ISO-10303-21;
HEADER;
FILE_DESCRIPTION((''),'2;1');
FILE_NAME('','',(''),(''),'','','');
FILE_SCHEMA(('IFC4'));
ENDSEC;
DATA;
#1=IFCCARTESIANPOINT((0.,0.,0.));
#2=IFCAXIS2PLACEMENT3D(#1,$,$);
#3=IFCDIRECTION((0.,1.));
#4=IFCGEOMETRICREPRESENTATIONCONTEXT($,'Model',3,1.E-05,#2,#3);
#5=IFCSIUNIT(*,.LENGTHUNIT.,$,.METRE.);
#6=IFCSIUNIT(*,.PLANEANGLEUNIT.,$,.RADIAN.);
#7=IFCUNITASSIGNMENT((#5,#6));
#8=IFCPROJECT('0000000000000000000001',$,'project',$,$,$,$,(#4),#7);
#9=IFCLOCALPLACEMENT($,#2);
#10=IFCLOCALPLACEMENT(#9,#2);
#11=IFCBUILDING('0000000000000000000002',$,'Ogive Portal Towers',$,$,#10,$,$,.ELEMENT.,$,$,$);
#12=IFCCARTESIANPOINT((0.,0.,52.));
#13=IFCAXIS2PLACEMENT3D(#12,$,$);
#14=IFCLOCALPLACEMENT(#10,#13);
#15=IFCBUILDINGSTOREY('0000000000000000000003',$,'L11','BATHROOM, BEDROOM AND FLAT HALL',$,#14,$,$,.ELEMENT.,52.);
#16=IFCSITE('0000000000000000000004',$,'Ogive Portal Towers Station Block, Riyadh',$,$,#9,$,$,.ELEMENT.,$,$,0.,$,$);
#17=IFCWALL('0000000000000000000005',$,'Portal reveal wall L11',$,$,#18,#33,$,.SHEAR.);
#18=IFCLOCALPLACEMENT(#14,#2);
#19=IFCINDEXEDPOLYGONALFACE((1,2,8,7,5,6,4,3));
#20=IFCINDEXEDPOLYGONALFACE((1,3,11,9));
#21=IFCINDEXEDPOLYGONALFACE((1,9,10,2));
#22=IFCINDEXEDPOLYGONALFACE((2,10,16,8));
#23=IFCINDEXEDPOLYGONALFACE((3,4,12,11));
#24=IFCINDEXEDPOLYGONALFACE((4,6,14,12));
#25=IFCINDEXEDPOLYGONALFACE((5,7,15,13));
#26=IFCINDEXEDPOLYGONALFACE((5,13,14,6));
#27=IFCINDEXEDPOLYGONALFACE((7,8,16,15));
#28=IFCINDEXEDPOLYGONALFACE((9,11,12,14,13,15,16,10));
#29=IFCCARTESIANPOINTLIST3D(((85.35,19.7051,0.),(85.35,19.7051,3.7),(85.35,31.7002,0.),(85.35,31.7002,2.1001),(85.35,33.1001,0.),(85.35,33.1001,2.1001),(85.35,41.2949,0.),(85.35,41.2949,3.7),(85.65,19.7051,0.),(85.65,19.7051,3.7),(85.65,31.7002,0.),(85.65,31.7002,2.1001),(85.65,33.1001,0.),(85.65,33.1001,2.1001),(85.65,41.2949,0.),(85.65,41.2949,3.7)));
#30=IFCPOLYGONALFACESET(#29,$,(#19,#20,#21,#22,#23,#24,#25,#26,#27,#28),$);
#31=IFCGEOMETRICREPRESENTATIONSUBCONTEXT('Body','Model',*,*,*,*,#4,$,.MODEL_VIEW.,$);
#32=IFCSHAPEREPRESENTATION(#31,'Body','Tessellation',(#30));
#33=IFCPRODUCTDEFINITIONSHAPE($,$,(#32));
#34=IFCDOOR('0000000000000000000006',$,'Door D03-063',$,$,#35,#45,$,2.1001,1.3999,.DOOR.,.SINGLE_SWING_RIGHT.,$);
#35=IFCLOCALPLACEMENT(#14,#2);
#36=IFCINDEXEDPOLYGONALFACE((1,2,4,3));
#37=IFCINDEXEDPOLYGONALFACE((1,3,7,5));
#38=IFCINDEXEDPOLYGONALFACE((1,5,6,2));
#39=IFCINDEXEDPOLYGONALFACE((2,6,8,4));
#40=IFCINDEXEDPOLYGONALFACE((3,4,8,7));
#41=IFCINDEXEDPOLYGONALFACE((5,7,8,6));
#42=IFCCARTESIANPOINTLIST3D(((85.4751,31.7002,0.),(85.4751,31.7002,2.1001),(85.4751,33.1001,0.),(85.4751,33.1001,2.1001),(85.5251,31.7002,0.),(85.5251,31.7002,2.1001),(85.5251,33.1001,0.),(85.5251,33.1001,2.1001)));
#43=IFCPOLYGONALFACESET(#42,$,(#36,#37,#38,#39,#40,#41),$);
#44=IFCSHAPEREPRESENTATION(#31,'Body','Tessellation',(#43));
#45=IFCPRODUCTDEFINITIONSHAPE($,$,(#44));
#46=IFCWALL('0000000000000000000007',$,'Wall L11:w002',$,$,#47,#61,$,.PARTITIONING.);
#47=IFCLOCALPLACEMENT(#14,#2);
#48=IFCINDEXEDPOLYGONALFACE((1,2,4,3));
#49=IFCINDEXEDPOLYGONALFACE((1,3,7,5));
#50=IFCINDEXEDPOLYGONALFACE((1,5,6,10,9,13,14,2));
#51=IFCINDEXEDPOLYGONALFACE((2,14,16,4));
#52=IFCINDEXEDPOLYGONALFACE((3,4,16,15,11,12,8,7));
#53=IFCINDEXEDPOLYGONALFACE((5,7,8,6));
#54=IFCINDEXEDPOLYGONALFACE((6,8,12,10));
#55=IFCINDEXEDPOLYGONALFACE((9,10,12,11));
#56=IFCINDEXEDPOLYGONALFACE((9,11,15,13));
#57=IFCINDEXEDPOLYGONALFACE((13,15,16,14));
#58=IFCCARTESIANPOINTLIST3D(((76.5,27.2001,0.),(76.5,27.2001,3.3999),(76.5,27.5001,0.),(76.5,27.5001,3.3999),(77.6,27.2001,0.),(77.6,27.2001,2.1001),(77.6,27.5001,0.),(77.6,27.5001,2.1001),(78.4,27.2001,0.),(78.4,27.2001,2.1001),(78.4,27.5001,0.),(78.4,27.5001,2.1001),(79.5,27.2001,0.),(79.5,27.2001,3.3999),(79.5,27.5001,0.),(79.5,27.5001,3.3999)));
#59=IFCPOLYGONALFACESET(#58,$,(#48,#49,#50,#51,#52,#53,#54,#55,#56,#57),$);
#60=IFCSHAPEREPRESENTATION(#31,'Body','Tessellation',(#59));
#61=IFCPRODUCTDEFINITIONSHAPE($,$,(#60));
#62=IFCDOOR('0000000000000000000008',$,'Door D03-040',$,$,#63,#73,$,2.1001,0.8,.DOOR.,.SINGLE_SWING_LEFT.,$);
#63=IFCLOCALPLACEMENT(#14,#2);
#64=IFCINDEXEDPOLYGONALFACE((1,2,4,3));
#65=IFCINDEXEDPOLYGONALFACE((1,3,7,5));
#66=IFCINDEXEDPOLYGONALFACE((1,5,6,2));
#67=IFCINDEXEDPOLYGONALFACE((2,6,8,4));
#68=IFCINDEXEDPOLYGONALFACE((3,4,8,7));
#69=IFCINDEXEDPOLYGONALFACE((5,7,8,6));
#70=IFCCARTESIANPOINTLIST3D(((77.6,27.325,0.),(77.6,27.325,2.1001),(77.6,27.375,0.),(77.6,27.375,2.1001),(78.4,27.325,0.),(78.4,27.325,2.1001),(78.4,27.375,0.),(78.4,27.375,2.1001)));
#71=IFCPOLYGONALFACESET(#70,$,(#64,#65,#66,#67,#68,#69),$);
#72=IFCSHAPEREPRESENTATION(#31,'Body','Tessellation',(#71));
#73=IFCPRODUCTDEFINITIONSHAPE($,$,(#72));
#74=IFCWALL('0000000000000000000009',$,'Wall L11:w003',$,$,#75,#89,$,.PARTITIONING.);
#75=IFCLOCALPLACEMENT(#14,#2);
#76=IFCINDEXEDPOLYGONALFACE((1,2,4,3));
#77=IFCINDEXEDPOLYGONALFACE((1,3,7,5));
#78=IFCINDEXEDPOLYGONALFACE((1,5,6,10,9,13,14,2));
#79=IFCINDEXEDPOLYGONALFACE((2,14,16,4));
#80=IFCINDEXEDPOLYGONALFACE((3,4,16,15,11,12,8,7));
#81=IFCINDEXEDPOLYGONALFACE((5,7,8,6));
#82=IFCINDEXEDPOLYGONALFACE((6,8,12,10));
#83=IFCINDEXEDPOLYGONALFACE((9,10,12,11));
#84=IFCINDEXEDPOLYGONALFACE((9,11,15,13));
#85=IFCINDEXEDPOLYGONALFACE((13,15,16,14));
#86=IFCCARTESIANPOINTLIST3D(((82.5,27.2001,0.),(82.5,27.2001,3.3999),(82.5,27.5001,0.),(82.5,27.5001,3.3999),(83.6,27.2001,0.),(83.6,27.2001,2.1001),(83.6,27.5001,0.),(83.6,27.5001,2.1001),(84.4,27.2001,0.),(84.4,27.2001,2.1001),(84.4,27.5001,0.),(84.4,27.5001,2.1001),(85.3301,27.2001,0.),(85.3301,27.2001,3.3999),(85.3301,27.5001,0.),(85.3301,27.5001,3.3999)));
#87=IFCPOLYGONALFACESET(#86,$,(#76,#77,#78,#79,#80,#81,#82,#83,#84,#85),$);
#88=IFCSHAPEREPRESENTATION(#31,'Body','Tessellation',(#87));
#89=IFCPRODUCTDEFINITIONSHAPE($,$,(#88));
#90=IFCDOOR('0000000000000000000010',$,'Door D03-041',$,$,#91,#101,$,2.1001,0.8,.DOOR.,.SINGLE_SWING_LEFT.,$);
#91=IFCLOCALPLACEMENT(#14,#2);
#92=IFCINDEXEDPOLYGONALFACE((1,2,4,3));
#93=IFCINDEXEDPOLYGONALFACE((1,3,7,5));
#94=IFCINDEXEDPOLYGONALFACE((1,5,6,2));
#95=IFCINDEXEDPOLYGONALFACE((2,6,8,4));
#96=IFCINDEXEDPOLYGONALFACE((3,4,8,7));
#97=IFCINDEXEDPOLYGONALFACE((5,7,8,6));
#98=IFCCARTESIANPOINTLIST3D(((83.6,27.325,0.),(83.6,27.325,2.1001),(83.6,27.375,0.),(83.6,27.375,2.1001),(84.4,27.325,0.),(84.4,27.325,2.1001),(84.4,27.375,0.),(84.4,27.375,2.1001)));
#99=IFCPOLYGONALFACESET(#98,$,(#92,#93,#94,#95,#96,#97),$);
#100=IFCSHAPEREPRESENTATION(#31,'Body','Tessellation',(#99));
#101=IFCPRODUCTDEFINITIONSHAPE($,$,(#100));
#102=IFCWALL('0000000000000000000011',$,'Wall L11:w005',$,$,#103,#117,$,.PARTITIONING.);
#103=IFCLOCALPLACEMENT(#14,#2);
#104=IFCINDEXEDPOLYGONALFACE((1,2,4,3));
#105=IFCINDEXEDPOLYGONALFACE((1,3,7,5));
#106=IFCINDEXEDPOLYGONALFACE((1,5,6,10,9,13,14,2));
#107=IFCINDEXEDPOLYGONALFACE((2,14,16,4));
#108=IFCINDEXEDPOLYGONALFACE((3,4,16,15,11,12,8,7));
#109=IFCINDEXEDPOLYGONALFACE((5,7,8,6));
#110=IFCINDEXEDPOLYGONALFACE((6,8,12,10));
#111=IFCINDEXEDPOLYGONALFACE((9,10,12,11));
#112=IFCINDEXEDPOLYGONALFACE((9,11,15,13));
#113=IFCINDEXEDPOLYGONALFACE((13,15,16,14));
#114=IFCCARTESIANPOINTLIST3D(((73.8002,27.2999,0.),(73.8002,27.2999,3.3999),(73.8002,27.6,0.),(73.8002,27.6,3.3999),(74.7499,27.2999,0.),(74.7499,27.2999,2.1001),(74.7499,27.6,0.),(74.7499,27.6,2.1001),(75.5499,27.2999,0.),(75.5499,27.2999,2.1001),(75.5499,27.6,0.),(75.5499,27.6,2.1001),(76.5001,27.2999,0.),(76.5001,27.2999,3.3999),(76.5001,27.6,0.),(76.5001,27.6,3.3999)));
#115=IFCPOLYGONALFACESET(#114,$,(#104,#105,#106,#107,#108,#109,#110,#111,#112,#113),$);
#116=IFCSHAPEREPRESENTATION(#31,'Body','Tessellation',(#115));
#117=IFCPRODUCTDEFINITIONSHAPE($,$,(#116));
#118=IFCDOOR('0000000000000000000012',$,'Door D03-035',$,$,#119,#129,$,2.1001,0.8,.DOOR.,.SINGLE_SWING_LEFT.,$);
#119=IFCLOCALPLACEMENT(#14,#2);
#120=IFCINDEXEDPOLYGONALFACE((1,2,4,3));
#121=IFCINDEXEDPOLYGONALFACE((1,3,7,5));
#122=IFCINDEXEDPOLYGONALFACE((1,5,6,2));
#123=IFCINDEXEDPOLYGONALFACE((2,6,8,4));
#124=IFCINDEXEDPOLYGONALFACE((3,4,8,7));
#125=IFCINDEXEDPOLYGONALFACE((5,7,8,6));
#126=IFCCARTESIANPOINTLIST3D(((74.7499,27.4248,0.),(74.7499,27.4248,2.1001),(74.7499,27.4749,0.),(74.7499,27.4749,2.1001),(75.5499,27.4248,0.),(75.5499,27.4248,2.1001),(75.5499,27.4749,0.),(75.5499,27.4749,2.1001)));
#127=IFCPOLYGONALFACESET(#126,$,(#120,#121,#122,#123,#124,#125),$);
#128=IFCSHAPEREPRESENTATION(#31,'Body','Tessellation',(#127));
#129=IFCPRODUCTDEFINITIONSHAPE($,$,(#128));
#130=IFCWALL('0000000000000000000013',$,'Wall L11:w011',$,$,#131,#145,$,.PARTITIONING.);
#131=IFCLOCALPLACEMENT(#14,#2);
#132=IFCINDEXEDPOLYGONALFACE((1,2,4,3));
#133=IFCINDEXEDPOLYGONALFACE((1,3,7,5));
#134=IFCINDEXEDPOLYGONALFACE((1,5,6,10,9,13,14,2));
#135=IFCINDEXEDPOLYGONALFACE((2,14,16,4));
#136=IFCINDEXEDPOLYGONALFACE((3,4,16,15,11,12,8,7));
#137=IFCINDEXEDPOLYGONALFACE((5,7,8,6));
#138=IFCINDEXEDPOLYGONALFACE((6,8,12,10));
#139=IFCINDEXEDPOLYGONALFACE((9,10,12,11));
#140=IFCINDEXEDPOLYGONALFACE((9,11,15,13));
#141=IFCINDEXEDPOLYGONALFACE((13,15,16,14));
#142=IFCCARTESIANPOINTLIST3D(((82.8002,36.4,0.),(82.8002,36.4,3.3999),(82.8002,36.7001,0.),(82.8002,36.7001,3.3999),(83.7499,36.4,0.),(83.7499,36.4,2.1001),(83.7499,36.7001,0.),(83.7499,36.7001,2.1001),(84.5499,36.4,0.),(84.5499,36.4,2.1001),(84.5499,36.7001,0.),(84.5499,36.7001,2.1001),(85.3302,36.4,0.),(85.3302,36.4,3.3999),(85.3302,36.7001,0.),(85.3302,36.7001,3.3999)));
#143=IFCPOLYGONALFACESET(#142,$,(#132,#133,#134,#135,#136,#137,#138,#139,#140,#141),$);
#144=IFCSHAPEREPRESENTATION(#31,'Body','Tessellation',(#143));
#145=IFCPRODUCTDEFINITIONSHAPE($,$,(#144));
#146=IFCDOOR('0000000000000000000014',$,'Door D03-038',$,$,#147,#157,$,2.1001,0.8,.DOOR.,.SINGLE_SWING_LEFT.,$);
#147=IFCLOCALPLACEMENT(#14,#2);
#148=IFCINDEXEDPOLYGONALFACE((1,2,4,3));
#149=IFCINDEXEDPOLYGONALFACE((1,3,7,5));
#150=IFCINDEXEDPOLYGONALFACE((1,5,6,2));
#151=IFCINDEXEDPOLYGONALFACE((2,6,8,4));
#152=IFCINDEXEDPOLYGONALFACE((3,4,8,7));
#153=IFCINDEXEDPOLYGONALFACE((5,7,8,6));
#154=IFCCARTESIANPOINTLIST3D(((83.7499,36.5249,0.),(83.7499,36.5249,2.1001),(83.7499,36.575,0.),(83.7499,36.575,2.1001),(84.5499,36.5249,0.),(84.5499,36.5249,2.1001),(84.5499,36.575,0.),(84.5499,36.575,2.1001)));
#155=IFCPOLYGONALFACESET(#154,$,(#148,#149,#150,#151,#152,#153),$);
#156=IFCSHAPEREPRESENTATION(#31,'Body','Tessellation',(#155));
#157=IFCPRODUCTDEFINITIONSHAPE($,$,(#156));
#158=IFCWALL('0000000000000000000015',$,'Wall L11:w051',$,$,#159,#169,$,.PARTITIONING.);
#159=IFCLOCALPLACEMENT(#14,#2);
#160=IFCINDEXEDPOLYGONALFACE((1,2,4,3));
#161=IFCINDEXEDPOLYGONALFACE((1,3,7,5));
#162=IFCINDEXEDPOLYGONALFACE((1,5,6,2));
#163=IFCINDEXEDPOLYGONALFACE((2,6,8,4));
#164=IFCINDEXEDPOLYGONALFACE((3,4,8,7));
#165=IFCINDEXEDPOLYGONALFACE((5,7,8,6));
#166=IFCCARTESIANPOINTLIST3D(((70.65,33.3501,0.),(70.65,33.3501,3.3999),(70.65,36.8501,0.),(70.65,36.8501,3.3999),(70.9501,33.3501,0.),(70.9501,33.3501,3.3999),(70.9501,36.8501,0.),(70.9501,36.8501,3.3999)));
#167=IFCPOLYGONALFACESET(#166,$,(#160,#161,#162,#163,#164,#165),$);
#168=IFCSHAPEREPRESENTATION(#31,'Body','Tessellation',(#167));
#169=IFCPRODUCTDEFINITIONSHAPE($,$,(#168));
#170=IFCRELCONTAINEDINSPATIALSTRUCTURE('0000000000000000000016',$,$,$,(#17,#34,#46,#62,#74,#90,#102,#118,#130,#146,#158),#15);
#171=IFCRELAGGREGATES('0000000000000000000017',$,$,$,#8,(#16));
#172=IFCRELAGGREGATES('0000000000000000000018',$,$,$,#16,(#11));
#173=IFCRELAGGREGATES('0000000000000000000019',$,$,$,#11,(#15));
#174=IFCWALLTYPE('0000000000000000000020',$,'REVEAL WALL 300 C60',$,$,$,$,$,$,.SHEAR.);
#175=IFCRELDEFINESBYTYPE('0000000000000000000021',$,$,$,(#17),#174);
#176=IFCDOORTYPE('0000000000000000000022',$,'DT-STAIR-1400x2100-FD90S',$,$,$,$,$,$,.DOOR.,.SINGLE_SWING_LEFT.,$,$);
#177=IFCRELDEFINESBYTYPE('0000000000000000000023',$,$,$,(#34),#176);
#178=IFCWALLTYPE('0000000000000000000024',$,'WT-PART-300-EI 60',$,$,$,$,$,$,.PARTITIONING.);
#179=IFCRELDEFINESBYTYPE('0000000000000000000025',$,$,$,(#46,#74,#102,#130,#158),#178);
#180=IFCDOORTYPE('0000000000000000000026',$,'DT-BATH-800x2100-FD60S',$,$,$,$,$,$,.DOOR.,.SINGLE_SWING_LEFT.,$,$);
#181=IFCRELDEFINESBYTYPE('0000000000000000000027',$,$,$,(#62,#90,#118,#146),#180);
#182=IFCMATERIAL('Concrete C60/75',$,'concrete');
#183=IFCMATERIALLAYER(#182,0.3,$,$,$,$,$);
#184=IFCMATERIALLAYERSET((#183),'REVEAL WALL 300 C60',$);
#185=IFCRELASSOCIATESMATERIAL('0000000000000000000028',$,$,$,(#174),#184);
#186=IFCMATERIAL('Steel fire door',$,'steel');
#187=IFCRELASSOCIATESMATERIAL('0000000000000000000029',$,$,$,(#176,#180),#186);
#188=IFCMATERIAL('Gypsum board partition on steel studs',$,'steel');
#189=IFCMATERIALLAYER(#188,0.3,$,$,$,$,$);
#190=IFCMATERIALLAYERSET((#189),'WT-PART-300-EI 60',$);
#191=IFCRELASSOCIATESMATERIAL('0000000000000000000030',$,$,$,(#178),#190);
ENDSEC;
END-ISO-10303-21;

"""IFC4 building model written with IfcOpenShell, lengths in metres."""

from ifc_helpers import new_model, si_unit, direction, frame, frame_2d, origin, place, context, subcontext, project, spatial, rectangle, extrude, material, layer, layer_set, type_object, element, fill, save


model = new_model("IFC4")

# Units and contexts
model_context = context("Model", 3, precision=1e-05, world=origin(), true_north=direction((0.0, 1.0)))
body_context = subcontext(model_context, "Body", "Model", "MODEL_VIEW")
ifc_project = project(units=[si_unit("LENGTHUNIT", "METRE"), si_unit("PLANEANGLEUNIT", "RADIAN")], contexts=[model_context])

# Site, building, storey
site_placement = place(None, origin())
site = spatial("IfcSite", under=ifc_project, at=site_placement, Name="Ogive Portal Towers Station Block, Riyadh", CompositionType="ELEMENT", RefElevation=0.0)
building_placement = place(site_placement, origin())
building = spatial("IfcBuilding", under=site, at=building_placement, Name="Ogive Portal Towers", CompositionType="ELEMENT")
storey_placement = place(building_placement, frame((0.0, 0.0, 52.0)))
storey = spatial("IfcBuildingStorey", under=building, at=storey_placement, Name="L11", Description="BATHROOM, BEDROOM AND FLAT HALL", CompositionType="ELEMENT", Elevation=52.0)

# Shared definitions
ifc_material_1 = material(Name="Concrete C60/75", Category="concrete")

# Walls, openings, doors
ifc_layer_1 = layer(ifc_material_1, 0.3)
ifc_layer_set_1 = layer_set([ifc_layer_1], Name="REVEAL WALL 300 C60")
wall_type_1 = type_object("IfcWallType", Name="REVEAL WALL 300 C60", PredefinedType="SHEAR", material=ifc_layer_set_1)
wall_1_placement = place(storey_placement, frame((85.5, 19.7051, 0.0), z_axis=(0.0, 0.0, 1.0), x_axis=(0.0, 1.0, 0.0)))
wall_1 = element("IfcWall", 1, at=wall_1_placement, inside=storey, type_object=wall_type_1, Name="Portal reveal wall L11", PredefinedType="SHEAR", context=body_context, shape_type="SweptSolid", body=[
    extrude(rectangle(XDim=21.5898, YDim=0.3, at=frame_2d((10.7949, 0.0))), origin(), (0.0, 0.0, 1.0), 3.7),
])
opening_1_placement = place(wall_1_placement, frame((11.9951, 0.0, 0.0)))
opening_1 = element("IfcOpeningElement", 2, at=opening_1_placement, cuts=wall_1, PredefinedType="OPENING", context=body_context, shape_type="SweptSolid", body=[
    extrude(rectangle(XDim=1.3999, YDim=2.1001, at=frame_2d((0.7, 1.05))), frame((0.0, 0.1602, 0.0), z_axis=(0.0, -1.0, 0.0), x_axis=(1.0, 0.0, 0.0)), (0.0, 0.0, 1.0), 0.3201),
])
ifc_material_2 = material(Name="Steel fire door", Category="steel")
door_type_1 = type_object("IfcDoorType", Name="DT-STAIR-1400x2100-FD90S", OperationType="SINGLE_SWING_LEFT", PredefinedType="DOOR", material=ifc_material_2)
door_1_placement = place(opening_1_placement, origin())
door_1 = element("IfcDoor", 3, at=door_1_placement, inside=storey, type_object=door_type_1, Name="Door D03-063", OperationType="SINGLE_SWING_RIGHT", OverallHeight=2.1001, OverallWidth=1.3999, PredefinedType="DOOR", context=body_context, shape_type="SweptSolid", body=[
    extrude(rectangle(XDim=1.3999, YDim=2.1001, at=frame_2d((0.7, 1.05))), frame((0.0, 0.0249, 0.0), z_axis=(0.0, -1.0, 0.0), x_axis=(1.0, 0.0, 0.0)), (0.0, 0.0, 1.0), 0.05),
])
fill(opening_1, door_1)
ifc_material_3 = material(Name="Gypsum board partition on steel studs", Category="steel")
ifc_layer_2 = layer(ifc_material_3, 0.3)
ifc_layer_set_2 = layer_set([ifc_layer_2], Name="WT-PART-300-EI 60")
wall_type_2 = type_object("IfcWallType", Name="WT-PART-300-EI 60", PredefinedType="PARTITIONING", material=ifc_layer_set_2)
wall_2_placement = place(storey_placement, frame((76.5, 27.3501, 0.0), z_axis=(0.0, 0.0, 1.0), x_axis=(1.0, 0.0, 0.0)))
wall_2 = element("IfcWall", 4, at=wall_2_placement, inside=storey, type_object=wall_type_2, Name="Wall L11:w002", PredefinedType="PARTITIONING", context=body_context, shape_type="SweptSolid", body=[
    extrude(rectangle(XDim=3.0, YDim=0.3, at=frame_2d((1.5, 0.0))), origin(), (0.0, 0.0, 1.0), 3.3999),
])
opening_2_placement = place(wall_2_placement, frame((1.1001, 0.0, 0.0)))
opening_2 = element("IfcOpeningElement", 5, at=opening_2_placement, cuts=wall_2, PredefinedType="OPENING", context=body_context, shape_type="SweptSolid", body=[
    extrude(rectangle(XDim=0.8, YDim=2.1001, at=frame_2d((0.3999, 1.05))), frame((0.0, 0.1602, 0.0), z_axis=(0.0, -1.0, 0.0), x_axis=(1.0, 0.0, 0.0)), (0.0, 0.0, 1.0), 0.3201),
])
door_type_2 = type_object("IfcDoorType", Name="DT-BATH-800x2100-FD60S", OperationType="SINGLE_SWING_LEFT", PredefinedType="DOOR", material=ifc_material_2)
door_2_placement = place(opening_2_placement, origin())
door_2 = element("IfcDoor", 6, at=door_2_placement, inside=storey, type_object=door_type_2, Name="Door D03-040", OperationType="SINGLE_SWING_LEFT", OverallHeight=2.1001, OverallWidth=0.8, PredefinedType="DOOR", context=body_context, shape_type="SweptSolid", body=[
    extrude(rectangle(XDim=0.8, YDim=2.1001, at=frame_2d((0.3999, 1.05))), frame((0.0, 0.0249, 0.0), z_axis=(0.0, -1.0, 0.0), x_axis=(1.0, 0.0, 0.0)), (0.0, 0.0, 1.0), 0.05),
])
fill(opening_2, door_2)
wall_3_placement = place(storey_placement, frame((82.5, 27.3501, 0.0), z_axis=(0.0, 0.0, 1.0), x_axis=(1.0, 0.0, 0.0)))
wall_3 = element("IfcWall", 7, at=wall_3_placement, inside=storey, type_object=wall_type_2, Name="Wall L11:w003", PredefinedType="PARTITIONING", context=body_context, shape_type="SweptSolid", body=[
    extrude(rectangle(XDim=2.8301, YDim=0.3, at=frame_2d((1.415, 0.0))), origin(), (0.0, 0.0, 1.0), 3.3999),
])
opening_3_placement = place(wall_3_placement, frame((1.1001, 0.0, 0.0)))
opening_3 = element("IfcOpeningElement", 8, at=opening_3_placement, cuts=wall_3, PredefinedType="OPENING", context=body_context, shape_type="SweptSolid", body=[
    extrude(rectangle(XDim=0.8, YDim=2.1001, at=frame_2d((0.3999, 1.05))), frame((0.0, 0.1602, 0.0), z_axis=(0.0, -1.0, 0.0), x_axis=(1.0, 0.0, 0.0)), (0.0, 0.0, 1.0), 0.3201),
])
door_3_placement = place(opening_3_placement, origin())
door_3 = element("IfcDoor", 9, at=door_3_placement, inside=storey, type_object=door_type_2, Name="Door D03-041", OperationType="SINGLE_SWING_LEFT", OverallHeight=2.1001, OverallWidth=0.8, PredefinedType="DOOR", context=body_context, shape_type="SweptSolid", body=[
    extrude(rectangle(XDim=0.8, YDim=2.1001, at=frame_2d((0.3999, 1.05))), frame((0.0, 0.0249, 0.0), z_axis=(0.0, -1.0, 0.0), x_axis=(1.0, 0.0, 0.0)), (0.0, 0.0, 1.0), 0.05),
])
fill(opening_3, door_3)
wall_4_placement = place(storey_placement, frame((73.8, 27.45, 0.0), z_axis=(0.0, 0.0, 1.0), x_axis=(1.0, 0.0, 0.0)))
wall_4 = element("IfcWall", 10, at=wall_4_placement, inside=storey, type_object=wall_type_2, Name="Wall L11:w005", PredefinedType="PARTITIONING", context=body_context, shape_type="SweptSolid", body=[
    extrude(rectangle(XDim=2.7, YDim=0.3, at=frame_2d((1.3501, 0.0))), origin(), (0.0, 0.0, 1.0), 3.3999),
])
opening_4_placement = place(wall_4_placement, frame((0.95, 0.0, 0.0)))
opening_4 = element("IfcOpeningElement", 11, at=opening_4_placement, cuts=wall_4, PredefinedType="OPENING", context=body_context, shape_type="SweptSolid", body=[
    extrude(rectangle(XDim=0.8, YDim=2.1001, at=frame_2d((0.3999, 1.05))), frame((0.0, 0.1602, 0.0), z_axis=(0.0, -1.0, 0.0), x_axis=(1.0, 0.0, 0.0)), (0.0, 0.0, 1.0), 0.3201),
])
door_4_placement = place(opening_4_placement, origin())
door_4 = element("IfcDoor", 12, at=door_4_placement, inside=storey, type_object=door_type_2, Name="Door D03-035", OperationType="SINGLE_SWING_LEFT", OverallHeight=2.1001, OverallWidth=0.8, PredefinedType="DOOR", context=body_context, shape_type="SweptSolid", body=[
    extrude(rectangle(XDim=0.8, YDim=2.1001, at=frame_2d((0.3999, 1.05))), frame((0.0, 0.0249, 0.0), z_axis=(0.0, -1.0, 0.0), x_axis=(1.0, 0.0, 0.0)), (0.0, 0.0, 1.0), 0.05),
])
fill(opening_4, door_4)
wall_5_placement = place(storey_placement, frame((82.8, 36.55, 0.0), z_axis=(0.0, 0.0, 1.0), x_axis=(1.0, 0.0, 0.0)))
wall_5 = element("IfcWall", 13, at=wall_5_placement, inside=storey, type_object=wall_type_2, Name="Wall L11:w011", PredefinedType="PARTITIONING", context=body_context, shape_type="SweptSolid", body=[
    extrude(rectangle(XDim=2.53, YDim=0.3, at=frame_2d((1.2651, 0.0))), origin(), (0.0, 0.0, 1.0), 3.3999),
])
opening_5_placement = place(wall_5_placement, frame((0.95, 0.0, 0.0)))
opening_5 = element("IfcOpeningElement", 14, at=opening_5_placement, cuts=wall_5, PredefinedType="OPENING", context=body_context, shape_type="SweptSolid", body=[
    extrude(rectangle(XDim=0.8, YDim=2.1001, at=frame_2d((0.3999, 1.05))), frame((0.0, 0.1602, 0.0), z_axis=(0.0, -1.0, 0.0), x_axis=(1.0, 0.0, 0.0)), (0.0, 0.0, 1.0), 0.3201),
])
door_5_placement = place(opening_5_placement, origin())
door_5 = element("IfcDoor", 15, at=door_5_placement, inside=storey, type_object=door_type_2, Name="Door D03-038", OperationType="SINGLE_SWING_LEFT", OverallHeight=2.1001, OverallWidth=0.8, PredefinedType="DOOR", context=body_context, shape_type="SweptSolid", body=[
    extrude(rectangle(XDim=0.8, YDim=2.1001, at=frame_2d((0.3999, 1.05))), frame((0.0, 0.0249, 0.0), z_axis=(0.0, -1.0, 0.0), x_axis=(1.0, 0.0, 0.0)), (0.0, 0.0, 1.0), 0.05),
])
fill(opening_5, door_5)

# Wall
wall_6_placement = place(storey_placement, frame((70.8, 33.3501, 0.0), z_axis=(0.0, 0.0, 1.0), x_axis=(0.0, 1.0, 0.0)))
element("IfcWall", 16, at=wall_6_placement, inside=storey, type_object=wall_type_2, Name="Wall L11:w051", PredefinedType="PARTITIONING", context=body_context, shape_type="SweptSolid", body=[
    extrude(rectangle(XDim=3.5, YDim=0.3, at=frame_2d((1.75, 0.0))), origin(), (0.0, 0.0, 1.0), 3.3999),
])

save(model, "model.ifc")
